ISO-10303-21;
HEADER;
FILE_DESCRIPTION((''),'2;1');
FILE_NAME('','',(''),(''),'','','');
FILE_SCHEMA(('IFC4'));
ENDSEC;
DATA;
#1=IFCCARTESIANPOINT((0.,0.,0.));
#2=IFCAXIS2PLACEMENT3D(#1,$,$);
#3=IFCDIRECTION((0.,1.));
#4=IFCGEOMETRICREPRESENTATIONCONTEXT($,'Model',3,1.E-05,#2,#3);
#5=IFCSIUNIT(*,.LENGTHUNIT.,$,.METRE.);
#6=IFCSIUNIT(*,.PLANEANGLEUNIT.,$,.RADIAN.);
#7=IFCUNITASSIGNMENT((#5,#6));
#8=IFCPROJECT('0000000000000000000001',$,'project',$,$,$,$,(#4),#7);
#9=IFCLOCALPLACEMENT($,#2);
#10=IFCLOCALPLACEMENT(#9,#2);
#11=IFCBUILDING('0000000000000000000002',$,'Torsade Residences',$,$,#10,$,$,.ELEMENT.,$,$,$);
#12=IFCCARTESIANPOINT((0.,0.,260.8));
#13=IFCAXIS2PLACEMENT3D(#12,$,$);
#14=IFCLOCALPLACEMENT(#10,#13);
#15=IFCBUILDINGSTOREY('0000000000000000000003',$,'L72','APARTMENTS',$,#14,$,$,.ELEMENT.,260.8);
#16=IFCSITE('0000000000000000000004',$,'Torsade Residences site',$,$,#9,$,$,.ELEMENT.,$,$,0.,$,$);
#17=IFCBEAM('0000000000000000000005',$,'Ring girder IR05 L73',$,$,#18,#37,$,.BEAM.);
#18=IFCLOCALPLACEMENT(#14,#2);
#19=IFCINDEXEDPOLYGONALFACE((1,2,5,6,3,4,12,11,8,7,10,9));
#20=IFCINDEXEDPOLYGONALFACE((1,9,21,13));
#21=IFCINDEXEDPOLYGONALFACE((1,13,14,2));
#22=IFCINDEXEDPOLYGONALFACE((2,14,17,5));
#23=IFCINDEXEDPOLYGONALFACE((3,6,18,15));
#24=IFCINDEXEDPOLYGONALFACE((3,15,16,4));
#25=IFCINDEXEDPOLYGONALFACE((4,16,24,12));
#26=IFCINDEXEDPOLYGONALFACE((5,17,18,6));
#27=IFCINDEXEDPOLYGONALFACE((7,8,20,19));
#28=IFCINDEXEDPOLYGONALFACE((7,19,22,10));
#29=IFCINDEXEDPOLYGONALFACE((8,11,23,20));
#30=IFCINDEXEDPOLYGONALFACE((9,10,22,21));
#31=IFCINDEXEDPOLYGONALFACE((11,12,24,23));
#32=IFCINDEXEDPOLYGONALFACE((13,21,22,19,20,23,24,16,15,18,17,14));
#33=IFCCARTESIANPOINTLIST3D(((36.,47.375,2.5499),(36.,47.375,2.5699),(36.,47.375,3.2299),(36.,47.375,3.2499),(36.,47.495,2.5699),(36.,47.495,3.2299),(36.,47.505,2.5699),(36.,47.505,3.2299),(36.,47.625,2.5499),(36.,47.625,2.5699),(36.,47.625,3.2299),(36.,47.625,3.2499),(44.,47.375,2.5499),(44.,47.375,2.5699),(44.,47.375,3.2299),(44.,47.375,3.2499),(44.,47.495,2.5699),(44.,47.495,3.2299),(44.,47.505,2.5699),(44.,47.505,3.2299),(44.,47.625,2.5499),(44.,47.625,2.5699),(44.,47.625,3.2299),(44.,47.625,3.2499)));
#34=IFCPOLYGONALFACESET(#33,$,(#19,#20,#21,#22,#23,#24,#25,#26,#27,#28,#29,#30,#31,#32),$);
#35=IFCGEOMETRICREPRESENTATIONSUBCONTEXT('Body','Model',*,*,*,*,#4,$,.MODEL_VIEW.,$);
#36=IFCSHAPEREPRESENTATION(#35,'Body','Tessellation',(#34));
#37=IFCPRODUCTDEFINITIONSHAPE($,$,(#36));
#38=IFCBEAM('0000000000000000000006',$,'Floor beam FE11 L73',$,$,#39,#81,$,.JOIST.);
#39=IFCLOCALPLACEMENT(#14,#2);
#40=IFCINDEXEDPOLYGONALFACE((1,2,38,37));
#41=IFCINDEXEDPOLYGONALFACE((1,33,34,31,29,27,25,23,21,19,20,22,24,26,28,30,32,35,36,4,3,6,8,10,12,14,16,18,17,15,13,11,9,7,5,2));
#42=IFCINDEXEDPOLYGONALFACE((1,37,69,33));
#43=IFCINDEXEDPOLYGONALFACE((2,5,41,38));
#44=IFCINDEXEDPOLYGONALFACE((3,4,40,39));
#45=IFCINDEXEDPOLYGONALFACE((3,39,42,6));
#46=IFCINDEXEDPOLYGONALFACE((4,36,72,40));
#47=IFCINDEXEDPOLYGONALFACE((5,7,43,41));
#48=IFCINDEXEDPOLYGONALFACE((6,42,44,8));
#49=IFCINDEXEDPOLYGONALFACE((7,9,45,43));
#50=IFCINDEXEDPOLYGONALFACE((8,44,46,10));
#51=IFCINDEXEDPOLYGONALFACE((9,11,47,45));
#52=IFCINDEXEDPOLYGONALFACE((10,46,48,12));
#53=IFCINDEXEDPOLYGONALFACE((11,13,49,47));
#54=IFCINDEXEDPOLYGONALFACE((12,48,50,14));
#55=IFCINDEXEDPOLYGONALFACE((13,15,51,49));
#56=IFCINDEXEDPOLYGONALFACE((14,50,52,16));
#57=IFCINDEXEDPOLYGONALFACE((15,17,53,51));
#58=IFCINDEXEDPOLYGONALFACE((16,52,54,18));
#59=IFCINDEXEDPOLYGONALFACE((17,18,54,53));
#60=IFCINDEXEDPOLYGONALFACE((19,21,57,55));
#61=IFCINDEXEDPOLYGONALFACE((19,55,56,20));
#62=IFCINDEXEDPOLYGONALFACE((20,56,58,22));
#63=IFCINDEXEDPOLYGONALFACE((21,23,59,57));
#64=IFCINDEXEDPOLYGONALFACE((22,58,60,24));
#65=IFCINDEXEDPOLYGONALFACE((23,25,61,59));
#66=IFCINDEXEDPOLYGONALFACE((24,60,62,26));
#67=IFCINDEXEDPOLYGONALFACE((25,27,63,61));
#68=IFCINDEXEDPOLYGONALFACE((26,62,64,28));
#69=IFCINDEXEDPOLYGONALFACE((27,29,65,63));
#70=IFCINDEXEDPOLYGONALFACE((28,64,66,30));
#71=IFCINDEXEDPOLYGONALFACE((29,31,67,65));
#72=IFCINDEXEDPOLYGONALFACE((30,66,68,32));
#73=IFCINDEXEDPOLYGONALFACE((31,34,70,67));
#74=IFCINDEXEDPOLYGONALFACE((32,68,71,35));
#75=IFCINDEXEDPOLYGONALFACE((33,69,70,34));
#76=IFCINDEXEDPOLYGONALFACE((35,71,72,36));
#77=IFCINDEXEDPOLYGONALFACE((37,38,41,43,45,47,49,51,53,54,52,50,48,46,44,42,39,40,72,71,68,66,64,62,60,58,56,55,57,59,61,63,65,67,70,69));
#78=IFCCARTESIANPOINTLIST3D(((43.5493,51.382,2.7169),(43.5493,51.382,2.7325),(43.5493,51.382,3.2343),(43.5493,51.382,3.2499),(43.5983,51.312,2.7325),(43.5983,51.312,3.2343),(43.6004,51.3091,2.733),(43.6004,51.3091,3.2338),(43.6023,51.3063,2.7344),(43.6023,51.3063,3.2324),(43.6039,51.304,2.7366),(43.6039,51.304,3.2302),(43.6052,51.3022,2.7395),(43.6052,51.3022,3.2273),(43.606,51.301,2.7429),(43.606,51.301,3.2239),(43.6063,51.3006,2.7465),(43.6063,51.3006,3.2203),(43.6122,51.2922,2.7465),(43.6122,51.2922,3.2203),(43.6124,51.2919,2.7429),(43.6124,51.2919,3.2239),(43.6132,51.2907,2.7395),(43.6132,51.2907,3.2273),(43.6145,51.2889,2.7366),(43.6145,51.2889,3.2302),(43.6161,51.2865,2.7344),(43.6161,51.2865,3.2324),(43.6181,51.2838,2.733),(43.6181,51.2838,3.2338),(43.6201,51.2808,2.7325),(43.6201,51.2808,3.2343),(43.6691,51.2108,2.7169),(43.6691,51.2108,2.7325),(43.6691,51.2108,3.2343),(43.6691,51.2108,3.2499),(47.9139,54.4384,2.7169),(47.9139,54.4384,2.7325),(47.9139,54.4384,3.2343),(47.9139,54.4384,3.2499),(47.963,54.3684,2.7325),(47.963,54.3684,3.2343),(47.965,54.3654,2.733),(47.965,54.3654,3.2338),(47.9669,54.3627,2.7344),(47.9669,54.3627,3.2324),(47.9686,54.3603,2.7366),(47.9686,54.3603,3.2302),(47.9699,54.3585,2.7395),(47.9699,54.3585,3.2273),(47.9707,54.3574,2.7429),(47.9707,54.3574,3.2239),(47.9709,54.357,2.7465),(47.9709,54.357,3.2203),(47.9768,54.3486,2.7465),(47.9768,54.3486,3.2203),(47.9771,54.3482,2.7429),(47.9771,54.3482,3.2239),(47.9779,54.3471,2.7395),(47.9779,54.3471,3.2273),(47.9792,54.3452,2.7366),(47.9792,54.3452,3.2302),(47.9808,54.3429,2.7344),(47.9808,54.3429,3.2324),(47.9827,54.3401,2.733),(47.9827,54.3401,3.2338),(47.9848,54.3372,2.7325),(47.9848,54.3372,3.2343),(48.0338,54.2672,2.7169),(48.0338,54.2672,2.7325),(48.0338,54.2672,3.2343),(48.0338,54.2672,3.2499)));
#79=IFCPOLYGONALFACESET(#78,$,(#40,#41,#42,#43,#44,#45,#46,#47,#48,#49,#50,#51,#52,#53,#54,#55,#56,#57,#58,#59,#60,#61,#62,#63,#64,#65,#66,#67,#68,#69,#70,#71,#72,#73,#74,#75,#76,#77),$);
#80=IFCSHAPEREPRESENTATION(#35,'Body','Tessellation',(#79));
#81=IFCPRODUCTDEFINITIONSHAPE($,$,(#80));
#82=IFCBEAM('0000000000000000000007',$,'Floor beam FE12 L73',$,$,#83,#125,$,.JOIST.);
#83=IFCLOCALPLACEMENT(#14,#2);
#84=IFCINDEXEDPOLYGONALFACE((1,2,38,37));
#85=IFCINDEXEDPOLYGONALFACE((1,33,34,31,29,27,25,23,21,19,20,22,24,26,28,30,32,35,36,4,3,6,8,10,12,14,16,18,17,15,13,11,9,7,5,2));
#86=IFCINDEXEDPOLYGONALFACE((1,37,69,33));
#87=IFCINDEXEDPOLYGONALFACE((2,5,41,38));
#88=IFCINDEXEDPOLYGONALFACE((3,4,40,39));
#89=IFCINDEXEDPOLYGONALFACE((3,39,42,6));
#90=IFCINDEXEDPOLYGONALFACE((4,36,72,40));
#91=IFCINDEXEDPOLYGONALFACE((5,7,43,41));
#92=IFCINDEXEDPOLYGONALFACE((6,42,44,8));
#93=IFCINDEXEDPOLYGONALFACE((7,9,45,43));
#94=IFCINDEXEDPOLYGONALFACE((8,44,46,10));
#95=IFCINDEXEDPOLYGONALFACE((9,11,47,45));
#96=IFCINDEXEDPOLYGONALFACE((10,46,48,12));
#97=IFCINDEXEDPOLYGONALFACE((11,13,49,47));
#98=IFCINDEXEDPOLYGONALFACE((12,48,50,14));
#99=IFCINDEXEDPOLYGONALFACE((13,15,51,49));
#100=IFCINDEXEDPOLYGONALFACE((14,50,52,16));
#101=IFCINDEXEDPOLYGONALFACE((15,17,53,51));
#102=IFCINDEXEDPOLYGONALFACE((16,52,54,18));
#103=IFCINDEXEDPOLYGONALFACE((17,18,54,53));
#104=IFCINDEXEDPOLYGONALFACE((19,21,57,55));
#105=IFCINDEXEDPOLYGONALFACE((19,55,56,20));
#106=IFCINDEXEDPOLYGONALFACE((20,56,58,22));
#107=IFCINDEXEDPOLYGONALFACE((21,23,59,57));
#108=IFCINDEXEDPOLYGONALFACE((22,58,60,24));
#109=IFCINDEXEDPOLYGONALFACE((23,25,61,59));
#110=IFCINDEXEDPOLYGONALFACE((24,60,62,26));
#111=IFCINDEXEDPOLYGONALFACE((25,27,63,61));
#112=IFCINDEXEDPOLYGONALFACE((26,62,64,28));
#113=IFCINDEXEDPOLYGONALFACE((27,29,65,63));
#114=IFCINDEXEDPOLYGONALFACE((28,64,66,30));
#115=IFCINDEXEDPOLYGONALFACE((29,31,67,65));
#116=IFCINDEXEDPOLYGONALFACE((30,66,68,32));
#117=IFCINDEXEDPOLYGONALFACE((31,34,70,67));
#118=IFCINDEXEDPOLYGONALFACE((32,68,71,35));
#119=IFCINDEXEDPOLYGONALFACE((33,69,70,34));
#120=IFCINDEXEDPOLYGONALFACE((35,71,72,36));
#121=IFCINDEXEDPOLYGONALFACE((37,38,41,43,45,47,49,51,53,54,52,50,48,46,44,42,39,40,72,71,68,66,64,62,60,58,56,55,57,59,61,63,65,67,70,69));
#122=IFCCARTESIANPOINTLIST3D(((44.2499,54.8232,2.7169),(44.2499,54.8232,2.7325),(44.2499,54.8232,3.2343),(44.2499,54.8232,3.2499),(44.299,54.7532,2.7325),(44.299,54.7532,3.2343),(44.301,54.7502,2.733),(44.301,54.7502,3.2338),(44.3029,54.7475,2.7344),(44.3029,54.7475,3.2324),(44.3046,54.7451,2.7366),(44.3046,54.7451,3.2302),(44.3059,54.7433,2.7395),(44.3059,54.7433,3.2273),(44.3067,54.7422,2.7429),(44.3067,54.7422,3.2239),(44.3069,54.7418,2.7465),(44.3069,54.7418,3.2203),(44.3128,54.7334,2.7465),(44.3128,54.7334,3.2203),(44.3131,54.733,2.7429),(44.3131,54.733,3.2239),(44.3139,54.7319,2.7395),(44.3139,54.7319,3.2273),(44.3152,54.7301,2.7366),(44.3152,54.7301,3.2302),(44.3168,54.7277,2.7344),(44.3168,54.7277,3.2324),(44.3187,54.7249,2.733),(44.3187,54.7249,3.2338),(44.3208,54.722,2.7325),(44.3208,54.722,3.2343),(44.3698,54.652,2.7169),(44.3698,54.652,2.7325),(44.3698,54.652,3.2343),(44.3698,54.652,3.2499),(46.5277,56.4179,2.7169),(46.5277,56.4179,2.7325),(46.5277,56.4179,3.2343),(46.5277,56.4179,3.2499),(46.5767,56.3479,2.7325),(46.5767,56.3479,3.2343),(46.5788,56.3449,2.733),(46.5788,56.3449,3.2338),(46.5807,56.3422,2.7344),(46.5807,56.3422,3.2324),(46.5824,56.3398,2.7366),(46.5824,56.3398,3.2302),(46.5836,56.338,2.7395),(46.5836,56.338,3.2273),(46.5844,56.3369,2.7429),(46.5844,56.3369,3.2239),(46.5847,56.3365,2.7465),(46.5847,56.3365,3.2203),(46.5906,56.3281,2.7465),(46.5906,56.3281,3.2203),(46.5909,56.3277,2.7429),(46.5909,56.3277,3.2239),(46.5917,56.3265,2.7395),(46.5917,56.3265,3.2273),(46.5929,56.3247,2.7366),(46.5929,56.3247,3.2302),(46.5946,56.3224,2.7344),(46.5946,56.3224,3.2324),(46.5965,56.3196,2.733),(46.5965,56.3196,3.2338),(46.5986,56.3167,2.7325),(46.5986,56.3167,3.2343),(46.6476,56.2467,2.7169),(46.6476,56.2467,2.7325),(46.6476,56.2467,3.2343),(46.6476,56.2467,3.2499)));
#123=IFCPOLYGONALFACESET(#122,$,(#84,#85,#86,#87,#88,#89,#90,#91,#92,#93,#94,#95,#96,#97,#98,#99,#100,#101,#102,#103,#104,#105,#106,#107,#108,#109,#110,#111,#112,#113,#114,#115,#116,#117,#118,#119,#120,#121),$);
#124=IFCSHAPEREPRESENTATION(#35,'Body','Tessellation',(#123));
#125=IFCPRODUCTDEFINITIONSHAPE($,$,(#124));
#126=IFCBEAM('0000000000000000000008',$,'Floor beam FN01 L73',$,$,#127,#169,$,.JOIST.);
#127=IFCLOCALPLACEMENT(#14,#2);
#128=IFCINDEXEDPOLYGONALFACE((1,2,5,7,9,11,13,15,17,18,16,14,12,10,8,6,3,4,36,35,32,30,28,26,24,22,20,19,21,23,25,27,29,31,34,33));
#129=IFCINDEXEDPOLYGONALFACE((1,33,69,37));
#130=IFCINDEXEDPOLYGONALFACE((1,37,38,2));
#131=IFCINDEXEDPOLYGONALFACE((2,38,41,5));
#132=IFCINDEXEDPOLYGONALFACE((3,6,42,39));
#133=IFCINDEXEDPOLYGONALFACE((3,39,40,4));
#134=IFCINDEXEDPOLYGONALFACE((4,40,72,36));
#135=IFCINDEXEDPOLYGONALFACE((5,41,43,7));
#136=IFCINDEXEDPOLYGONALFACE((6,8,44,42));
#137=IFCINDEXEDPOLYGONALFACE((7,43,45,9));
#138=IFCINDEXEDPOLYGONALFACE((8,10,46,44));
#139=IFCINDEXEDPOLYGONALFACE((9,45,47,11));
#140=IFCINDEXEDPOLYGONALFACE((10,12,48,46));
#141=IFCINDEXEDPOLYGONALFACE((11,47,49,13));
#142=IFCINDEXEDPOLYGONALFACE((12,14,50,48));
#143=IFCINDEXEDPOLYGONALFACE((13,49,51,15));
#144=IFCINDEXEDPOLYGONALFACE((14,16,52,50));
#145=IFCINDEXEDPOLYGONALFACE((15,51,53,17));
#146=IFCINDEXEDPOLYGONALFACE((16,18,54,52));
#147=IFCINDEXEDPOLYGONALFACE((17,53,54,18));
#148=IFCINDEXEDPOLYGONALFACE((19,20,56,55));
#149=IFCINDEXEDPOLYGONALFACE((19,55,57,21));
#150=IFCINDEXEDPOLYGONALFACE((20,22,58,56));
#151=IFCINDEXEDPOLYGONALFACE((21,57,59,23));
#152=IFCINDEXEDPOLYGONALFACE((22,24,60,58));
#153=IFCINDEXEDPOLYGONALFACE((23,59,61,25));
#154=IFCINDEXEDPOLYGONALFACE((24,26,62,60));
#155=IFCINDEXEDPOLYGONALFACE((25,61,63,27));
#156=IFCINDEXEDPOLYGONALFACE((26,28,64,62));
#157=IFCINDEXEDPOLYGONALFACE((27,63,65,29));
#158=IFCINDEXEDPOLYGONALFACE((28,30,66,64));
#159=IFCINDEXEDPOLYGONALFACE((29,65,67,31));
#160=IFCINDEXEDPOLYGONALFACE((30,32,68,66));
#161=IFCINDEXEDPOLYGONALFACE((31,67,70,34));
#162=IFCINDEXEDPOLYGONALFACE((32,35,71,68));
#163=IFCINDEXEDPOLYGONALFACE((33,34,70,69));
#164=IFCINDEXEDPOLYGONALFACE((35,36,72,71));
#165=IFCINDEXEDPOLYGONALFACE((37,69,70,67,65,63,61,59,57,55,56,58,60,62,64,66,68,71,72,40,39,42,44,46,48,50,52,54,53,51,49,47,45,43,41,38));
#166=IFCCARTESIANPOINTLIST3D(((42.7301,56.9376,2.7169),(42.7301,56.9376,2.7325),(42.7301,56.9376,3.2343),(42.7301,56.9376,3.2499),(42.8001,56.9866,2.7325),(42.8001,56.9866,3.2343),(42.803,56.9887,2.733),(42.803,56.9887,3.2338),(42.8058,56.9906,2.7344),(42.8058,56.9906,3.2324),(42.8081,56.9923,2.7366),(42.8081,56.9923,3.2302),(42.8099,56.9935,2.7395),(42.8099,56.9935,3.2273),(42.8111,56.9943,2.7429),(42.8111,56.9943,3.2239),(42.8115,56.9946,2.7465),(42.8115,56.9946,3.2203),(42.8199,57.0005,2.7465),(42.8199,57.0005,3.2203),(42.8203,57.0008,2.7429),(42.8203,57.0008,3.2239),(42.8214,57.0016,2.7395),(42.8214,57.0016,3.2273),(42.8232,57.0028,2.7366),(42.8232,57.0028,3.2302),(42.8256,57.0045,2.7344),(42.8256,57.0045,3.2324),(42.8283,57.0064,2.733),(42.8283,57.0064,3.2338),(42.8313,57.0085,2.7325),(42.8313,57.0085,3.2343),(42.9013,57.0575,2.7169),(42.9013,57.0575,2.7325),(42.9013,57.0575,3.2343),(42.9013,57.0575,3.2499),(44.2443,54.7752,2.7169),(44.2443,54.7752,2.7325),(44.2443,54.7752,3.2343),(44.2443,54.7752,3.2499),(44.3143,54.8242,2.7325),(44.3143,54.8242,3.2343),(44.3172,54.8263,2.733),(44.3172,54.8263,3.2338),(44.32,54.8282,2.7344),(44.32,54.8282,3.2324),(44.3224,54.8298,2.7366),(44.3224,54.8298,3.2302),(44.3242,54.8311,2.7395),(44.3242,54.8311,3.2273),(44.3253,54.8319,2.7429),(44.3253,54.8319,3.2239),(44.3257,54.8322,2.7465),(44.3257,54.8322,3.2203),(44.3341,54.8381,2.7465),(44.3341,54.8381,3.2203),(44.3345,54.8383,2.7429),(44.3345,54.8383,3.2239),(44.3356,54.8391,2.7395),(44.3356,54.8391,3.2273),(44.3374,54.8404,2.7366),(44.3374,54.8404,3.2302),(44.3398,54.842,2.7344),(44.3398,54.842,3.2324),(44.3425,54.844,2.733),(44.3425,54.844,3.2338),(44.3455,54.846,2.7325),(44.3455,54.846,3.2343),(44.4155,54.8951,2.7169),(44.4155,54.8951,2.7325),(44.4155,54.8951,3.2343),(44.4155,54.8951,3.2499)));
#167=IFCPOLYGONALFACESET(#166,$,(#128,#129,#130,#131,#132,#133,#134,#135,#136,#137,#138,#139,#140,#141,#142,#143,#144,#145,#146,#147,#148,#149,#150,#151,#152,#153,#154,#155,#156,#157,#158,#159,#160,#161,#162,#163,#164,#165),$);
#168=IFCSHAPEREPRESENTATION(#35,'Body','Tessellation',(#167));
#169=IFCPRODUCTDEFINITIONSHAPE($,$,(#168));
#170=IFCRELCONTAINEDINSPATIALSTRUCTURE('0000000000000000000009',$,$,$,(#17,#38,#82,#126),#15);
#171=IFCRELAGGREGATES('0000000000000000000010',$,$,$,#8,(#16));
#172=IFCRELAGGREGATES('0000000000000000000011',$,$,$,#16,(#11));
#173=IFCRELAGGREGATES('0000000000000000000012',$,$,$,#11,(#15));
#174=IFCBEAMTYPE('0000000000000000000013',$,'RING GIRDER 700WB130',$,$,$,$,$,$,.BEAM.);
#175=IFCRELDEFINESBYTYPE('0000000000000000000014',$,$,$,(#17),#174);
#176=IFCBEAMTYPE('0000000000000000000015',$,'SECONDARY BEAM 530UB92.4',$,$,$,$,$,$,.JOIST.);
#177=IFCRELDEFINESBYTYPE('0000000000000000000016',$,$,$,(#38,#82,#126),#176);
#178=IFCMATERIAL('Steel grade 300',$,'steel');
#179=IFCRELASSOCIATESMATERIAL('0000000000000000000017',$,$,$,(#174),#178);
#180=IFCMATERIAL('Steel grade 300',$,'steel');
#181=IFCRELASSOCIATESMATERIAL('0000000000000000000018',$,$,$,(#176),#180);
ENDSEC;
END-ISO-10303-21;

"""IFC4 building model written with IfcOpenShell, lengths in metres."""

from ifc_helpers import new_model, si_unit, direction, frame, origin, origin_2d, place, context, subcontext, project, spatial, i_section, extrude, material, material_profile, profile_set, type_object, element, save


model = new_model("IFC4")

# Units and contexts
model_context = context("Model", 3, precision=1e-05, world=origin(), true_north=direction((0.0, 1.0)))
body_context = subcontext(model_context, "Body", "Model", "MODEL_VIEW")
ifc_project = project(units=[si_unit("LENGTHUNIT", "METRE"), si_unit("PLANEANGLEUNIT", "RADIAN")], contexts=[model_context])

# Site, building, storey
site_placement = place(None, origin())
site = spatial("IfcSite", under=ifc_project, at=site_placement, Name="Torsade Residences site", CompositionType="ELEMENT", RefElevation=0.0)
building_placement = place(site_placement, origin())
building = spatial("IfcBuilding", under=site, at=building_placement, Name="Torsade Residences", CompositionType="ELEMENT")
storey_placement = place(building_placement, frame((0.0, 0.0, 260.8)))
storey = spatial("IfcBuildingStorey", under=building, at=storey_placement, Name="L72", Description="APARTMENTS", CompositionType="ELEMENT", Elevation=260.8)

# Beams
ifc_material_1 = material(Name="Steel grade 300", Category="steel")
ifc_material_profile_1 = material_profile(ifc_material_1, i_section(OverallWidth=0.25, OverallDepth=0.7, WebThickness=0.01, FlangeThickness=0.02, at=origin_2d()), Name="700WB130")
ifc_profile_set_1 = profile_set([ifc_material_profile_1], Name="Steel grade 300")
beam_type_1 = type_object("IfcBeamType", Name="RING GIRDER 700WB130", PredefinedType="BEAM", material=ifc_profile_set_1)
beam_1_placement = place(storey_placement, frame((44.0, 47.5, 2.8999), z_axis=(-1.0, 0.0, 0.0), x_axis=(0.0, -1.0, 0.0)))
element("IfcBeam", 1, at=beam_1_placement, inside=storey, type_object=beam_type_1, Name="Ring girder IR05 L73", PredefinedType="BEAM", context=body_context, shape_type="SweptSolid", body=[
    extrude(i_section(OverallWidth=0.25, OverallDepth=0.7, WebThickness=0.01, FlangeThickness=0.02, at=origin_2d()), origin(), (0.0, 0.0, 1.0), 8.0),
])
ifc_material_2 = material(Name="Steel grade 300", Category="steel")
ifc_material_profile_2 = material_profile(ifc_material_2, i_section(OverallWidth=0.209, OverallDepth=0.533, WebThickness=0.0103, FlangeThickness=0.0156, FilletRadius=0.0139, at=origin_2d()), Name="530UB92.4")
ifc_profile_set_2 = profile_set([ifc_material_profile_2], Name="Steel grade 300")
beam_type_2 = type_object("IfcBeamType", Name="SECONDARY BEAM 530UB92.4", PredefinedType="JOIST", material=ifc_profile_set_2)
beam_2_placement = place(storey_placement, frame((47.9739, 54.3528, 2.9834), z_axis=(-0.819137, -0.573598, 0.0), x_axis=(0.573598, -0.819137, 0.0)))
element("IfcBeam", 2, at=beam_2_placement, inside=storey, type_object=beam_type_2, Name="Floor beam FE11 L73", PredefinedType="JOIST", context=body_context, shape_type="SweptSolid", body=[
    extrude(i_section(OverallWidth=0.209, OverallDepth=0.533, WebThickness=0.0103, FlangeThickness=0.0156, FilletRadius=0.0139, at=origin_2d()), origin(), (0.0, 0.0, 1.0), 5.3284),
])
beam_3_placement = place(storey_placement, frame((46.5876, 56.3323, 2.9834), z_axis=(-0.819191, -0.573521, 0.0), x_axis=(0.573521, -0.819191, 0.0)))
element("IfcBeam", 3, at=beam_3_placement, inside=storey, type_object=beam_type_2, Name="Floor beam FE12 L73", PredefinedType="JOIST", context=body_context, shape_type="SweptSolid", body=[
    extrude(i_section(OverallWidth=0.209, OverallDepth=0.533, WebThickness=0.0103, FlangeThickness=0.0156, FilletRadius=0.0139, at=origin_2d()), origin(), (0.0, 0.0, 1.0), 2.7805),
])
beam_4_placement = place(storey_placement, frame((42.8157, 56.9976, 2.9834), z_axis=(0.573593, -0.819141, 0.0), x_axis=(0.819141, 0.573593, 0.0)))
element("IfcBeam", 4, at=beam_4_placement, inside=storey, type_object=beam_type_2, Name="Floor beam FN01 L73", PredefinedType="JOIST", context=body_context, shape_type="SweptSolid", body=[
    extrude(i_section(OverallWidth=0.209, OverallDepth=0.533, WebThickness=0.0103, FlangeThickness=0.0156, FilletRadius=0.0139, at=origin_2d()), origin(), (0.0, 0.0, 1.0), 2.6399),
])

save(model, "model.ifc")
